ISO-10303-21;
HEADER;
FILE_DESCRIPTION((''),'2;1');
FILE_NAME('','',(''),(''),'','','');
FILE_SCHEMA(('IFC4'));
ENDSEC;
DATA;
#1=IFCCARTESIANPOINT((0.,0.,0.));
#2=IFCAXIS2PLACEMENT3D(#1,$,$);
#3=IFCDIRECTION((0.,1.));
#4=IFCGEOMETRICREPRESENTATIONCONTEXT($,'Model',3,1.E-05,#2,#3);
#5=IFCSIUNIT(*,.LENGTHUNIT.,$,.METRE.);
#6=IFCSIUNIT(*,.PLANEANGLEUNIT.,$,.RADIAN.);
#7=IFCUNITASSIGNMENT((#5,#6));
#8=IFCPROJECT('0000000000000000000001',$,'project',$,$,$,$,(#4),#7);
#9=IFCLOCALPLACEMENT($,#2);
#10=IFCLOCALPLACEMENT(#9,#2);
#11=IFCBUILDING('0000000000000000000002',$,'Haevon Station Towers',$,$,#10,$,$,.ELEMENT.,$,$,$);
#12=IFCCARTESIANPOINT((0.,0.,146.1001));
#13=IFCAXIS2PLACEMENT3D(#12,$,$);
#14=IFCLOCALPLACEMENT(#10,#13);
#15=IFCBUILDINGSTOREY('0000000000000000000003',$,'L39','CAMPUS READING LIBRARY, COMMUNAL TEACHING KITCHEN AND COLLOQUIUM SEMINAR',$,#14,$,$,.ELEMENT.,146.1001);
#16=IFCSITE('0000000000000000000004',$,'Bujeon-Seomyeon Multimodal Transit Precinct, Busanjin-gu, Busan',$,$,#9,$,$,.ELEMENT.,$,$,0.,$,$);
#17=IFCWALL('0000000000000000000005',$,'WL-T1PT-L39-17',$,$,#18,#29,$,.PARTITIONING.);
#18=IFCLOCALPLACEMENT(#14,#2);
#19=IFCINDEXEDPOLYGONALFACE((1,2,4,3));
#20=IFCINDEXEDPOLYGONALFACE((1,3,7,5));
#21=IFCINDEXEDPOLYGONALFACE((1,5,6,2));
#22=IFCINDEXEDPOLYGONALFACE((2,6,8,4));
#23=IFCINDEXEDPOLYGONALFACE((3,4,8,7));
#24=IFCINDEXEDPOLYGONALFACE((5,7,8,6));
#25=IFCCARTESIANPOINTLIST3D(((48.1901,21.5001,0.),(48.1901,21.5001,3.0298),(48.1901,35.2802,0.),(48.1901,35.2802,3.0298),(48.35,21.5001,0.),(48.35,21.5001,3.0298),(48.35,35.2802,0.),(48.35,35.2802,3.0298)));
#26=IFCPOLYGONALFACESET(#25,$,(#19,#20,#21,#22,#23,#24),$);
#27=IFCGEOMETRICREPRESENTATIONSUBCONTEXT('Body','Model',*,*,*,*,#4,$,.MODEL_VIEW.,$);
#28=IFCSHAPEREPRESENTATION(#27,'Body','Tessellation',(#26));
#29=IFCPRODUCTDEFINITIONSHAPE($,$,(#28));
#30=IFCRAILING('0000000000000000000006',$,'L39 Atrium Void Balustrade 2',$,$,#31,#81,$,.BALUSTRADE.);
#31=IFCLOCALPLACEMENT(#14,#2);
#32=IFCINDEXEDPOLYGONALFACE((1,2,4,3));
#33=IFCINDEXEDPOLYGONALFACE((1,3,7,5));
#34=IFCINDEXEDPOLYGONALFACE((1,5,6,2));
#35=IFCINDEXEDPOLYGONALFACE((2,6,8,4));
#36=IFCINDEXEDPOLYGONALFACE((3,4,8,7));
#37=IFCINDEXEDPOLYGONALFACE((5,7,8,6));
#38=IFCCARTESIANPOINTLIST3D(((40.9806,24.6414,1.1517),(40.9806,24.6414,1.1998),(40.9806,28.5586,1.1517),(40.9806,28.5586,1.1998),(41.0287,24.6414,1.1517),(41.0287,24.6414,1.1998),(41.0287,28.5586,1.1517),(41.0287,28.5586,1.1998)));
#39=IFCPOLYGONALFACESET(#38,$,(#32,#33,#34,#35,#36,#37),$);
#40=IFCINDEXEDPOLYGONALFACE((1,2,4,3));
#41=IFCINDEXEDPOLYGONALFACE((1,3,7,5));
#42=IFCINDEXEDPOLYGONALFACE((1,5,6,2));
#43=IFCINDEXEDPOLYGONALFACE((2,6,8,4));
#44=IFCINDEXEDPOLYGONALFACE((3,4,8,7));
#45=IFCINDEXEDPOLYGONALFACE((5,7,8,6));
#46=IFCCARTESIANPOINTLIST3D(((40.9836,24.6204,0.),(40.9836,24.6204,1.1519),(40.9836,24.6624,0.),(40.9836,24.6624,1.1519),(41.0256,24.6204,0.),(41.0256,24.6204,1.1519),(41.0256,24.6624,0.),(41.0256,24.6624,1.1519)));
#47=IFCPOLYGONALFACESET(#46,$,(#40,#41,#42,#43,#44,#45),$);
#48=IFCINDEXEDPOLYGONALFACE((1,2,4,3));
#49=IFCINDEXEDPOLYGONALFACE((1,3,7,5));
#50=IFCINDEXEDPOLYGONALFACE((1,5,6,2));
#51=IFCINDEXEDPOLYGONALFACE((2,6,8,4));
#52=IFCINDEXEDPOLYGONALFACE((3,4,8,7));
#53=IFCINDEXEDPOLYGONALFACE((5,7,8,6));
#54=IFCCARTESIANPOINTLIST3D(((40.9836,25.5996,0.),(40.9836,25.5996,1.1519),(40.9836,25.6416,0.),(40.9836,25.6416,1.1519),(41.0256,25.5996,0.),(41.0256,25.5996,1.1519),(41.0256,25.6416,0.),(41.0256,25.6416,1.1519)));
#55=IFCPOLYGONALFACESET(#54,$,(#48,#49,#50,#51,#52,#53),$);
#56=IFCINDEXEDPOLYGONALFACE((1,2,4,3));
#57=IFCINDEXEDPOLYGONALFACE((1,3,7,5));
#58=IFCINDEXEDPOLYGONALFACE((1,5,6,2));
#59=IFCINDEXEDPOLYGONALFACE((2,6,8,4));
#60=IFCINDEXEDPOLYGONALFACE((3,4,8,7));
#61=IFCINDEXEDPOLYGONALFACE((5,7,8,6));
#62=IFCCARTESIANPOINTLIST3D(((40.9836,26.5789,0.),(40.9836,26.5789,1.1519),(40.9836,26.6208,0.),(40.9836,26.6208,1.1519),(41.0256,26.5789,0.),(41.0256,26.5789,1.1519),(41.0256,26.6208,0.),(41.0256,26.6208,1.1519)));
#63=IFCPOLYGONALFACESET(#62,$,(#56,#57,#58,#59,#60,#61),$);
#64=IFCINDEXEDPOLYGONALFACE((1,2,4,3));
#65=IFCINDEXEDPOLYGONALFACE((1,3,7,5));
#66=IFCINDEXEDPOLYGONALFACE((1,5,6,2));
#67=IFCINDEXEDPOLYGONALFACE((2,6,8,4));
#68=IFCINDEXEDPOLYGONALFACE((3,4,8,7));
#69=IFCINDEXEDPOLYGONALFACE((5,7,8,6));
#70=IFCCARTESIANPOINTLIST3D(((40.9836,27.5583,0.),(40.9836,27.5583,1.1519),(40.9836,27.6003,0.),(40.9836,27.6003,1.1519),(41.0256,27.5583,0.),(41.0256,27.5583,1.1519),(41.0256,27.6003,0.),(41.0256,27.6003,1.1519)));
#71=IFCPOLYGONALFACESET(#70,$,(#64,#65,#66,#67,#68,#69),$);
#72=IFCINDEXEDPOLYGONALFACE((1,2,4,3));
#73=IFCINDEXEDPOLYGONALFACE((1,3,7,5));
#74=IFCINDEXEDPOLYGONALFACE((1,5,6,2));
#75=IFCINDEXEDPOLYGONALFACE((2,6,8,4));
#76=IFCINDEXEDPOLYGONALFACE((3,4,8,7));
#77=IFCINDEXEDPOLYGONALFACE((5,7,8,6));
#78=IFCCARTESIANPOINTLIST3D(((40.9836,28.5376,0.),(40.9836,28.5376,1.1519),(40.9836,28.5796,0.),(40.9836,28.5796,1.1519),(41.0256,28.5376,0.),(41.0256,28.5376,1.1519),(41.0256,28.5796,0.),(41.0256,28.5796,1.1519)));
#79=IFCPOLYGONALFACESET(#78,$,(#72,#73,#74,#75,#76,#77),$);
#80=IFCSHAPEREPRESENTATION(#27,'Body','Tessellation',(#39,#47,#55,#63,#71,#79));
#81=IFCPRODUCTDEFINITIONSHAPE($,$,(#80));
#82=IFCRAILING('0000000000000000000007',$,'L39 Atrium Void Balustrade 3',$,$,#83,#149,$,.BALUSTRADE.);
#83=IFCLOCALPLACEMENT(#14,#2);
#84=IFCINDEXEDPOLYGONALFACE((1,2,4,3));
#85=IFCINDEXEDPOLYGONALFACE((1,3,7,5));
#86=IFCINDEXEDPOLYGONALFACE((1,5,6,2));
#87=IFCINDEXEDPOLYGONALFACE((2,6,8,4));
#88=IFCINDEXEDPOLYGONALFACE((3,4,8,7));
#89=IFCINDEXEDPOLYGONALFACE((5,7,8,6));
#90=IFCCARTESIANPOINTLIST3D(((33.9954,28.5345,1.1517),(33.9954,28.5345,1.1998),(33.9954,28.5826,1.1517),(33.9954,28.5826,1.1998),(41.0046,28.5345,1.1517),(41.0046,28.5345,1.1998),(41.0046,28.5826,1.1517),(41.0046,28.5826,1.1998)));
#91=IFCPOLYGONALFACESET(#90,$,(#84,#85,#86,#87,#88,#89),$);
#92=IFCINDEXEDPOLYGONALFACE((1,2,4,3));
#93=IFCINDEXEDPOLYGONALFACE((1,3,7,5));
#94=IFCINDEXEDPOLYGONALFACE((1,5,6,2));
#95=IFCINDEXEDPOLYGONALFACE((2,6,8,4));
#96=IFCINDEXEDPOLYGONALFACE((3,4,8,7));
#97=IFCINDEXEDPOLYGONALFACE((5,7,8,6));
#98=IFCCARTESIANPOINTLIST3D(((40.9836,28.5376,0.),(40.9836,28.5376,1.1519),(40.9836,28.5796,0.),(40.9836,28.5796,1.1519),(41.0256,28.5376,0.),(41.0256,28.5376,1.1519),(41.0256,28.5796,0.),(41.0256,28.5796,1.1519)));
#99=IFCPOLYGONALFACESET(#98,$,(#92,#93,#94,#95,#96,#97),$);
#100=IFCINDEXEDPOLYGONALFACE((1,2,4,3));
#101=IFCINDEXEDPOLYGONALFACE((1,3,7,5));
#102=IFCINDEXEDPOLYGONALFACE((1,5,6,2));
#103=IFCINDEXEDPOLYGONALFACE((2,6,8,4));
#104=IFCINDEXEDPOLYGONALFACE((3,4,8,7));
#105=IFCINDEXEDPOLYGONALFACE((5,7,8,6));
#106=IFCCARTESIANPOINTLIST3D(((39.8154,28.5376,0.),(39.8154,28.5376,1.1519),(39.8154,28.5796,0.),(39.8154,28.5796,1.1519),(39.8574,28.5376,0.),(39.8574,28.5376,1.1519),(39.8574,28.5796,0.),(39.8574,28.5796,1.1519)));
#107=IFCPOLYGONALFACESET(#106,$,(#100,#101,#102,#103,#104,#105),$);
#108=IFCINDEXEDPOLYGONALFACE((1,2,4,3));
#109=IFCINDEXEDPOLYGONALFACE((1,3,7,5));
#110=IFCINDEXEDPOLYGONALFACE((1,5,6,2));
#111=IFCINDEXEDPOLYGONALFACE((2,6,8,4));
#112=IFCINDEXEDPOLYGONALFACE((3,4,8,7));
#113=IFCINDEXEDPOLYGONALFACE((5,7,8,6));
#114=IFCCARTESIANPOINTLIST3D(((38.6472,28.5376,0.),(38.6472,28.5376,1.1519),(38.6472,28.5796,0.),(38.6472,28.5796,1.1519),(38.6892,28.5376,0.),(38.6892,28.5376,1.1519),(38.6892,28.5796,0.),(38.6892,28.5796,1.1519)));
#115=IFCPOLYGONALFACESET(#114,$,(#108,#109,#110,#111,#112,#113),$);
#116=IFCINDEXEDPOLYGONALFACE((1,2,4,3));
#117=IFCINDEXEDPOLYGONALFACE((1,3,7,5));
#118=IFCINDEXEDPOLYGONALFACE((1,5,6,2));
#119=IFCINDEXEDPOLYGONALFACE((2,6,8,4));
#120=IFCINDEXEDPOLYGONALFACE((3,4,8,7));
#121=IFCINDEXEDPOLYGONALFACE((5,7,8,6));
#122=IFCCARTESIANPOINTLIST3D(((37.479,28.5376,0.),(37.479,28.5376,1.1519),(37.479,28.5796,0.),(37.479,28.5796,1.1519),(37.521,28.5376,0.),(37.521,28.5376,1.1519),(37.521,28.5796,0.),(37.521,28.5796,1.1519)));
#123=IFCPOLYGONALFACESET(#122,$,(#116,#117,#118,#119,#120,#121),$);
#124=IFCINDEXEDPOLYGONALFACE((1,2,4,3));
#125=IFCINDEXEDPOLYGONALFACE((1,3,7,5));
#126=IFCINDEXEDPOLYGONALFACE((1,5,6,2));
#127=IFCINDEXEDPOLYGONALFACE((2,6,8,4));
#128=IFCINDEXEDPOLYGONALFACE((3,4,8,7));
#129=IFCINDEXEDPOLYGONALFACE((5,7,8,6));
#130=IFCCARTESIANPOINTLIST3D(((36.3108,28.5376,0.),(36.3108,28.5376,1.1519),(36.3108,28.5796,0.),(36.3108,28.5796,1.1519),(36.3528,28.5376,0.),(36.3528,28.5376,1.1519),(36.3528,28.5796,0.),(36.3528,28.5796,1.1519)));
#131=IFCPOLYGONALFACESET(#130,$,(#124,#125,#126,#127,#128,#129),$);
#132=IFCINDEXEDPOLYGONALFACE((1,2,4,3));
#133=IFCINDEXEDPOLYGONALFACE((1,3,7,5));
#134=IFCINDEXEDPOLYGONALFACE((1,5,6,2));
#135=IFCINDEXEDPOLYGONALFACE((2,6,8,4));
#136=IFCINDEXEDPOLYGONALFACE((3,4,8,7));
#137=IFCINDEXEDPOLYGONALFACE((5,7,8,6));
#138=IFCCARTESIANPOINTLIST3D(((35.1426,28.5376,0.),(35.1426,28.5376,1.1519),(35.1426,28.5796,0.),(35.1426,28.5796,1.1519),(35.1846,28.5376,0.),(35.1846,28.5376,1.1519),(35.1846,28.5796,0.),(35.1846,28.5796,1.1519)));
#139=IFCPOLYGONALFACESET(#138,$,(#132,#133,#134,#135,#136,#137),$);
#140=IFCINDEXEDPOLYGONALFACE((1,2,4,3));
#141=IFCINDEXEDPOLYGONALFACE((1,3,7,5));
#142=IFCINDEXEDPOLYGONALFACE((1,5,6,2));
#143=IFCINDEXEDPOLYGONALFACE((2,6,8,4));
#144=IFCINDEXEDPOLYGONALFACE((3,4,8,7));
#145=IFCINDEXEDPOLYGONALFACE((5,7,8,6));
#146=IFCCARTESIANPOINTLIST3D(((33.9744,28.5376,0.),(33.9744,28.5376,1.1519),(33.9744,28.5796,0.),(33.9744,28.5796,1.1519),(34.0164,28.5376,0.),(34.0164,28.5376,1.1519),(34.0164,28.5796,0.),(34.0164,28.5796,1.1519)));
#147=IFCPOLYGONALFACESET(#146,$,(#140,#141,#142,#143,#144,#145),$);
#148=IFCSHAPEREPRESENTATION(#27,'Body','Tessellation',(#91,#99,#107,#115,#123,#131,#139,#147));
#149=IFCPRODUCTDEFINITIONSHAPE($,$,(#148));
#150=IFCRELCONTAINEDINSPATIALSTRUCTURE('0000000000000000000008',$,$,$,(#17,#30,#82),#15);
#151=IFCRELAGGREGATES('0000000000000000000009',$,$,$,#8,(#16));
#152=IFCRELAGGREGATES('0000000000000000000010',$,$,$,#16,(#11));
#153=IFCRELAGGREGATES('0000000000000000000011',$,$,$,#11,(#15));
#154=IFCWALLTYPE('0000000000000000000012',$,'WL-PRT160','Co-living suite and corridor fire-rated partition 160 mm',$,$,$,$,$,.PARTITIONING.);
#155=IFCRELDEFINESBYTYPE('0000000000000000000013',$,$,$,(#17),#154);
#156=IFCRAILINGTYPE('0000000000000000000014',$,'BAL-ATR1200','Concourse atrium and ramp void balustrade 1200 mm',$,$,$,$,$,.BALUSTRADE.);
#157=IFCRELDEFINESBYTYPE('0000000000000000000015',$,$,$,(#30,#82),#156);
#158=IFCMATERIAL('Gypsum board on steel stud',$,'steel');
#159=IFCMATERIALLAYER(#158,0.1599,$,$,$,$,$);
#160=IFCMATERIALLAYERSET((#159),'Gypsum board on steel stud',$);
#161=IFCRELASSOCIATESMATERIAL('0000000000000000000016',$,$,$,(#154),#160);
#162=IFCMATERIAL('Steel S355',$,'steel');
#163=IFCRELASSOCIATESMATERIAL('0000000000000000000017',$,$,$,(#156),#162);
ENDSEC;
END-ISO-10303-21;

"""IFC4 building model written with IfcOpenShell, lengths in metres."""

from ifc_helpers import new_model, si_unit, direction, frame, frame_2d, origin, origin_2d, place, context, subcontext, project, spatial, rectangle, extrude, material, layer, layer_set, type_object, element, save


model = new_model("IFC4")

# Units and contexts
model_context = context("Model", 3, precision=1e-05, world=origin(), true_north=direction((0.0, 1.0)))
body_context = subcontext(model_context, "Body", "Model", "MODEL_VIEW")
ifc_project = project(units=[si_unit("LENGTHUNIT", "METRE"), si_unit("PLANEANGLEUNIT", "RADIAN")], contexts=[model_context])

# Site, building, storey
site_placement = place(None, origin())
site = spatial("IfcSite", under=ifc_project, at=site_placement, Name="Bujeon-Seomyeon Multimodal Transit Precinct, Busanjin-gu, Busan", CompositionType="ELEMENT", RefElevation=0.0)
building_placement = place(site_placement, origin())
building = spatial("IfcBuilding", under=site, at=building_placement, Name="Haevon Station Towers", CompositionType="ELEMENT")
storey_placement = place(building_placement, frame((0.0, 0.0, 146.1001)))
storey = spatial("IfcBuildingStorey", under=building, at=storey_placement, Name="L39", Description="CAMPUS READING LIBRARY, COMMUNAL TEACHING KITCHEN AND COLLOQUIUM SEMINAR", CompositionType="ELEMENT", Elevation=146.1001)

# Shared definitions
ifc_material_1 = material(Name="Steel S355", Category="steel")

# Wall
ifc_material_2 = material(Name="Gypsum board on steel stud", Category="steel")
ifc_layer_1 = layer(ifc_material_2, 0.1599)
ifc_layer_set_1 = layer_set([ifc_layer_1], Name="Gypsum board on steel stud")
wall_type_1 = type_object("IfcWallType", Name="WL-PRT160", Description="Co-living suite and corridor fire-rated partition 160 mm", PredefinedType="PARTITIONING", material=ifc_layer_set_1)
wall_1_placement = place(storey_placement, frame((48.27, 21.5, 0.0), z_axis=(0.0, 0.0, 1.0), x_axis=(0.0, 1.0, 0.0)))
element("IfcWall", 1, at=wall_1_placement, inside=storey, type_object=wall_type_1, Name="WL-T1PT-L39-17", PredefinedType="PARTITIONING", context=body_context, shape_type="SweptSolid", body=[
    extrude(rectangle(XDim=13.78, YDim=0.1599, at=frame_2d((6.8901, 0.0))), origin(), (0.0, 0.0, 1.0), 3.0298),
])

# Railings
railing_type = type_object("IfcRailingType", Name="BAL-ATR1200", Description="Concourse atrium and ramp void balustrade 1200 mm", PredefinedType="BALUSTRADE", material=ifc_material_1)
railing_1_placement = place(storey_placement, frame((41.0046, 24.6414, 0.0)))
element("IfcRailing", 2, at=railing_1_placement, inside=storey, type_object=railing_type, Name="L39 Atrium Void Balustrade 2", PredefinedType="BALUSTRADE", context=body_context, shape_type="SweptSolid", body=[
    extrude(rectangle(XDim=0.0481, YDim=0.0481, at=origin_2d()), frame((0.0, 0.0, 1.1758), z_axis=(0.0, 1.0, 0.0), x_axis=(-1.0, 0.0, 0.0)), (0.0, 0.0, 1.0), 3.9172),
    extrude(rectangle(XDim=0.042, YDim=0.042, at=origin_2d()), origin(), (0.0, 0.0, 1.0), 1.1519),
    extrude(rectangle(XDim=0.042, YDim=0.042, at=origin_2d()), frame((0.0, 0.9792, 0.0)), (0.0, 0.0, 1.0), 1.1519),
    extrude(rectangle(XDim=0.042, YDim=0.042, at=origin_2d()), frame((0.0, 1.9585, 0.0)), (0.0, 0.0, 1.0), 1.1519),
    extrude(rectangle(XDim=0.042, YDim=0.042, at=origin_2d()), frame((0.0, 2.938, 0.0)), (0.0, 0.0, 1.0), 1.1519),
    extrude(rectangle(XDim=0.042, YDim=0.042, at=origin_2d()), frame((0.0, 3.9172, 0.0)), (0.0, 0.0, 1.0), 1.1519),
])
railing_2_placement = place(storey_placement, frame((41.0046, 28.5586, 0.0)))
element("IfcRailing", 3, at=railing_2_placement, inside=storey, type_object=railing_type, Name="L39 Atrium Void Balustrade 3", PredefinedType="BALUSTRADE", context=body_context, shape_type="SweptSolid", body=[
    extrude(rectangle(XDim=0.0481, YDim=0.0481, at=origin_2d()), frame((0.0, 0.0, 1.1758), z_axis=(-1.0, 0.0, 0.0), x_axis=(0.0, -1.0, 0.0)), (0.0, 0.0, 1.0), 7.0093),
    extrude(rectangle(XDim=0.042, YDim=0.042, at=origin_2d()), origin(), (0.0, 0.0, 1.0), 1.1519),
    extrude(rectangle(XDim=0.042, YDim=0.042, at=origin_2d()), frame((-1.1682, 0.0, 0.0)), (0.0, 0.0, 1.0), 1.1519),
    extrude(rectangle(XDim=0.042, YDim=0.042, at=origin_2d()), frame((-2.3364, 0.0, 0.0)), (0.0, 0.0, 1.0), 1.1519),
    extrude(rectangle(XDim=0.042, YDim=0.042, at=origin_2d()), frame((-3.5046, 0.0, 0.0)), (0.0, 0.0, 1.0), 1.1519),
    extrude(rectangle(XDim=0.042, YDim=0.042, at=origin_2d()), frame((-4.6729, 0.0, 0.0)), (0.0, 0.0, 1.0), 1.1519),
    extrude(rectangle(XDim=0.042, YDim=0.042, at=origin_2d()), frame((-5.8411, 0.0, 0.0)), (0.0, 0.0, 1.0), 1.1519),
    extrude(rectangle(XDim=0.042, YDim=0.042, at=origin_2d()), frame((-7.0093, 0.0, 0.0)), (0.0, 0.0, 1.0), 1.1519),
])

save(model, "model.ifc")
